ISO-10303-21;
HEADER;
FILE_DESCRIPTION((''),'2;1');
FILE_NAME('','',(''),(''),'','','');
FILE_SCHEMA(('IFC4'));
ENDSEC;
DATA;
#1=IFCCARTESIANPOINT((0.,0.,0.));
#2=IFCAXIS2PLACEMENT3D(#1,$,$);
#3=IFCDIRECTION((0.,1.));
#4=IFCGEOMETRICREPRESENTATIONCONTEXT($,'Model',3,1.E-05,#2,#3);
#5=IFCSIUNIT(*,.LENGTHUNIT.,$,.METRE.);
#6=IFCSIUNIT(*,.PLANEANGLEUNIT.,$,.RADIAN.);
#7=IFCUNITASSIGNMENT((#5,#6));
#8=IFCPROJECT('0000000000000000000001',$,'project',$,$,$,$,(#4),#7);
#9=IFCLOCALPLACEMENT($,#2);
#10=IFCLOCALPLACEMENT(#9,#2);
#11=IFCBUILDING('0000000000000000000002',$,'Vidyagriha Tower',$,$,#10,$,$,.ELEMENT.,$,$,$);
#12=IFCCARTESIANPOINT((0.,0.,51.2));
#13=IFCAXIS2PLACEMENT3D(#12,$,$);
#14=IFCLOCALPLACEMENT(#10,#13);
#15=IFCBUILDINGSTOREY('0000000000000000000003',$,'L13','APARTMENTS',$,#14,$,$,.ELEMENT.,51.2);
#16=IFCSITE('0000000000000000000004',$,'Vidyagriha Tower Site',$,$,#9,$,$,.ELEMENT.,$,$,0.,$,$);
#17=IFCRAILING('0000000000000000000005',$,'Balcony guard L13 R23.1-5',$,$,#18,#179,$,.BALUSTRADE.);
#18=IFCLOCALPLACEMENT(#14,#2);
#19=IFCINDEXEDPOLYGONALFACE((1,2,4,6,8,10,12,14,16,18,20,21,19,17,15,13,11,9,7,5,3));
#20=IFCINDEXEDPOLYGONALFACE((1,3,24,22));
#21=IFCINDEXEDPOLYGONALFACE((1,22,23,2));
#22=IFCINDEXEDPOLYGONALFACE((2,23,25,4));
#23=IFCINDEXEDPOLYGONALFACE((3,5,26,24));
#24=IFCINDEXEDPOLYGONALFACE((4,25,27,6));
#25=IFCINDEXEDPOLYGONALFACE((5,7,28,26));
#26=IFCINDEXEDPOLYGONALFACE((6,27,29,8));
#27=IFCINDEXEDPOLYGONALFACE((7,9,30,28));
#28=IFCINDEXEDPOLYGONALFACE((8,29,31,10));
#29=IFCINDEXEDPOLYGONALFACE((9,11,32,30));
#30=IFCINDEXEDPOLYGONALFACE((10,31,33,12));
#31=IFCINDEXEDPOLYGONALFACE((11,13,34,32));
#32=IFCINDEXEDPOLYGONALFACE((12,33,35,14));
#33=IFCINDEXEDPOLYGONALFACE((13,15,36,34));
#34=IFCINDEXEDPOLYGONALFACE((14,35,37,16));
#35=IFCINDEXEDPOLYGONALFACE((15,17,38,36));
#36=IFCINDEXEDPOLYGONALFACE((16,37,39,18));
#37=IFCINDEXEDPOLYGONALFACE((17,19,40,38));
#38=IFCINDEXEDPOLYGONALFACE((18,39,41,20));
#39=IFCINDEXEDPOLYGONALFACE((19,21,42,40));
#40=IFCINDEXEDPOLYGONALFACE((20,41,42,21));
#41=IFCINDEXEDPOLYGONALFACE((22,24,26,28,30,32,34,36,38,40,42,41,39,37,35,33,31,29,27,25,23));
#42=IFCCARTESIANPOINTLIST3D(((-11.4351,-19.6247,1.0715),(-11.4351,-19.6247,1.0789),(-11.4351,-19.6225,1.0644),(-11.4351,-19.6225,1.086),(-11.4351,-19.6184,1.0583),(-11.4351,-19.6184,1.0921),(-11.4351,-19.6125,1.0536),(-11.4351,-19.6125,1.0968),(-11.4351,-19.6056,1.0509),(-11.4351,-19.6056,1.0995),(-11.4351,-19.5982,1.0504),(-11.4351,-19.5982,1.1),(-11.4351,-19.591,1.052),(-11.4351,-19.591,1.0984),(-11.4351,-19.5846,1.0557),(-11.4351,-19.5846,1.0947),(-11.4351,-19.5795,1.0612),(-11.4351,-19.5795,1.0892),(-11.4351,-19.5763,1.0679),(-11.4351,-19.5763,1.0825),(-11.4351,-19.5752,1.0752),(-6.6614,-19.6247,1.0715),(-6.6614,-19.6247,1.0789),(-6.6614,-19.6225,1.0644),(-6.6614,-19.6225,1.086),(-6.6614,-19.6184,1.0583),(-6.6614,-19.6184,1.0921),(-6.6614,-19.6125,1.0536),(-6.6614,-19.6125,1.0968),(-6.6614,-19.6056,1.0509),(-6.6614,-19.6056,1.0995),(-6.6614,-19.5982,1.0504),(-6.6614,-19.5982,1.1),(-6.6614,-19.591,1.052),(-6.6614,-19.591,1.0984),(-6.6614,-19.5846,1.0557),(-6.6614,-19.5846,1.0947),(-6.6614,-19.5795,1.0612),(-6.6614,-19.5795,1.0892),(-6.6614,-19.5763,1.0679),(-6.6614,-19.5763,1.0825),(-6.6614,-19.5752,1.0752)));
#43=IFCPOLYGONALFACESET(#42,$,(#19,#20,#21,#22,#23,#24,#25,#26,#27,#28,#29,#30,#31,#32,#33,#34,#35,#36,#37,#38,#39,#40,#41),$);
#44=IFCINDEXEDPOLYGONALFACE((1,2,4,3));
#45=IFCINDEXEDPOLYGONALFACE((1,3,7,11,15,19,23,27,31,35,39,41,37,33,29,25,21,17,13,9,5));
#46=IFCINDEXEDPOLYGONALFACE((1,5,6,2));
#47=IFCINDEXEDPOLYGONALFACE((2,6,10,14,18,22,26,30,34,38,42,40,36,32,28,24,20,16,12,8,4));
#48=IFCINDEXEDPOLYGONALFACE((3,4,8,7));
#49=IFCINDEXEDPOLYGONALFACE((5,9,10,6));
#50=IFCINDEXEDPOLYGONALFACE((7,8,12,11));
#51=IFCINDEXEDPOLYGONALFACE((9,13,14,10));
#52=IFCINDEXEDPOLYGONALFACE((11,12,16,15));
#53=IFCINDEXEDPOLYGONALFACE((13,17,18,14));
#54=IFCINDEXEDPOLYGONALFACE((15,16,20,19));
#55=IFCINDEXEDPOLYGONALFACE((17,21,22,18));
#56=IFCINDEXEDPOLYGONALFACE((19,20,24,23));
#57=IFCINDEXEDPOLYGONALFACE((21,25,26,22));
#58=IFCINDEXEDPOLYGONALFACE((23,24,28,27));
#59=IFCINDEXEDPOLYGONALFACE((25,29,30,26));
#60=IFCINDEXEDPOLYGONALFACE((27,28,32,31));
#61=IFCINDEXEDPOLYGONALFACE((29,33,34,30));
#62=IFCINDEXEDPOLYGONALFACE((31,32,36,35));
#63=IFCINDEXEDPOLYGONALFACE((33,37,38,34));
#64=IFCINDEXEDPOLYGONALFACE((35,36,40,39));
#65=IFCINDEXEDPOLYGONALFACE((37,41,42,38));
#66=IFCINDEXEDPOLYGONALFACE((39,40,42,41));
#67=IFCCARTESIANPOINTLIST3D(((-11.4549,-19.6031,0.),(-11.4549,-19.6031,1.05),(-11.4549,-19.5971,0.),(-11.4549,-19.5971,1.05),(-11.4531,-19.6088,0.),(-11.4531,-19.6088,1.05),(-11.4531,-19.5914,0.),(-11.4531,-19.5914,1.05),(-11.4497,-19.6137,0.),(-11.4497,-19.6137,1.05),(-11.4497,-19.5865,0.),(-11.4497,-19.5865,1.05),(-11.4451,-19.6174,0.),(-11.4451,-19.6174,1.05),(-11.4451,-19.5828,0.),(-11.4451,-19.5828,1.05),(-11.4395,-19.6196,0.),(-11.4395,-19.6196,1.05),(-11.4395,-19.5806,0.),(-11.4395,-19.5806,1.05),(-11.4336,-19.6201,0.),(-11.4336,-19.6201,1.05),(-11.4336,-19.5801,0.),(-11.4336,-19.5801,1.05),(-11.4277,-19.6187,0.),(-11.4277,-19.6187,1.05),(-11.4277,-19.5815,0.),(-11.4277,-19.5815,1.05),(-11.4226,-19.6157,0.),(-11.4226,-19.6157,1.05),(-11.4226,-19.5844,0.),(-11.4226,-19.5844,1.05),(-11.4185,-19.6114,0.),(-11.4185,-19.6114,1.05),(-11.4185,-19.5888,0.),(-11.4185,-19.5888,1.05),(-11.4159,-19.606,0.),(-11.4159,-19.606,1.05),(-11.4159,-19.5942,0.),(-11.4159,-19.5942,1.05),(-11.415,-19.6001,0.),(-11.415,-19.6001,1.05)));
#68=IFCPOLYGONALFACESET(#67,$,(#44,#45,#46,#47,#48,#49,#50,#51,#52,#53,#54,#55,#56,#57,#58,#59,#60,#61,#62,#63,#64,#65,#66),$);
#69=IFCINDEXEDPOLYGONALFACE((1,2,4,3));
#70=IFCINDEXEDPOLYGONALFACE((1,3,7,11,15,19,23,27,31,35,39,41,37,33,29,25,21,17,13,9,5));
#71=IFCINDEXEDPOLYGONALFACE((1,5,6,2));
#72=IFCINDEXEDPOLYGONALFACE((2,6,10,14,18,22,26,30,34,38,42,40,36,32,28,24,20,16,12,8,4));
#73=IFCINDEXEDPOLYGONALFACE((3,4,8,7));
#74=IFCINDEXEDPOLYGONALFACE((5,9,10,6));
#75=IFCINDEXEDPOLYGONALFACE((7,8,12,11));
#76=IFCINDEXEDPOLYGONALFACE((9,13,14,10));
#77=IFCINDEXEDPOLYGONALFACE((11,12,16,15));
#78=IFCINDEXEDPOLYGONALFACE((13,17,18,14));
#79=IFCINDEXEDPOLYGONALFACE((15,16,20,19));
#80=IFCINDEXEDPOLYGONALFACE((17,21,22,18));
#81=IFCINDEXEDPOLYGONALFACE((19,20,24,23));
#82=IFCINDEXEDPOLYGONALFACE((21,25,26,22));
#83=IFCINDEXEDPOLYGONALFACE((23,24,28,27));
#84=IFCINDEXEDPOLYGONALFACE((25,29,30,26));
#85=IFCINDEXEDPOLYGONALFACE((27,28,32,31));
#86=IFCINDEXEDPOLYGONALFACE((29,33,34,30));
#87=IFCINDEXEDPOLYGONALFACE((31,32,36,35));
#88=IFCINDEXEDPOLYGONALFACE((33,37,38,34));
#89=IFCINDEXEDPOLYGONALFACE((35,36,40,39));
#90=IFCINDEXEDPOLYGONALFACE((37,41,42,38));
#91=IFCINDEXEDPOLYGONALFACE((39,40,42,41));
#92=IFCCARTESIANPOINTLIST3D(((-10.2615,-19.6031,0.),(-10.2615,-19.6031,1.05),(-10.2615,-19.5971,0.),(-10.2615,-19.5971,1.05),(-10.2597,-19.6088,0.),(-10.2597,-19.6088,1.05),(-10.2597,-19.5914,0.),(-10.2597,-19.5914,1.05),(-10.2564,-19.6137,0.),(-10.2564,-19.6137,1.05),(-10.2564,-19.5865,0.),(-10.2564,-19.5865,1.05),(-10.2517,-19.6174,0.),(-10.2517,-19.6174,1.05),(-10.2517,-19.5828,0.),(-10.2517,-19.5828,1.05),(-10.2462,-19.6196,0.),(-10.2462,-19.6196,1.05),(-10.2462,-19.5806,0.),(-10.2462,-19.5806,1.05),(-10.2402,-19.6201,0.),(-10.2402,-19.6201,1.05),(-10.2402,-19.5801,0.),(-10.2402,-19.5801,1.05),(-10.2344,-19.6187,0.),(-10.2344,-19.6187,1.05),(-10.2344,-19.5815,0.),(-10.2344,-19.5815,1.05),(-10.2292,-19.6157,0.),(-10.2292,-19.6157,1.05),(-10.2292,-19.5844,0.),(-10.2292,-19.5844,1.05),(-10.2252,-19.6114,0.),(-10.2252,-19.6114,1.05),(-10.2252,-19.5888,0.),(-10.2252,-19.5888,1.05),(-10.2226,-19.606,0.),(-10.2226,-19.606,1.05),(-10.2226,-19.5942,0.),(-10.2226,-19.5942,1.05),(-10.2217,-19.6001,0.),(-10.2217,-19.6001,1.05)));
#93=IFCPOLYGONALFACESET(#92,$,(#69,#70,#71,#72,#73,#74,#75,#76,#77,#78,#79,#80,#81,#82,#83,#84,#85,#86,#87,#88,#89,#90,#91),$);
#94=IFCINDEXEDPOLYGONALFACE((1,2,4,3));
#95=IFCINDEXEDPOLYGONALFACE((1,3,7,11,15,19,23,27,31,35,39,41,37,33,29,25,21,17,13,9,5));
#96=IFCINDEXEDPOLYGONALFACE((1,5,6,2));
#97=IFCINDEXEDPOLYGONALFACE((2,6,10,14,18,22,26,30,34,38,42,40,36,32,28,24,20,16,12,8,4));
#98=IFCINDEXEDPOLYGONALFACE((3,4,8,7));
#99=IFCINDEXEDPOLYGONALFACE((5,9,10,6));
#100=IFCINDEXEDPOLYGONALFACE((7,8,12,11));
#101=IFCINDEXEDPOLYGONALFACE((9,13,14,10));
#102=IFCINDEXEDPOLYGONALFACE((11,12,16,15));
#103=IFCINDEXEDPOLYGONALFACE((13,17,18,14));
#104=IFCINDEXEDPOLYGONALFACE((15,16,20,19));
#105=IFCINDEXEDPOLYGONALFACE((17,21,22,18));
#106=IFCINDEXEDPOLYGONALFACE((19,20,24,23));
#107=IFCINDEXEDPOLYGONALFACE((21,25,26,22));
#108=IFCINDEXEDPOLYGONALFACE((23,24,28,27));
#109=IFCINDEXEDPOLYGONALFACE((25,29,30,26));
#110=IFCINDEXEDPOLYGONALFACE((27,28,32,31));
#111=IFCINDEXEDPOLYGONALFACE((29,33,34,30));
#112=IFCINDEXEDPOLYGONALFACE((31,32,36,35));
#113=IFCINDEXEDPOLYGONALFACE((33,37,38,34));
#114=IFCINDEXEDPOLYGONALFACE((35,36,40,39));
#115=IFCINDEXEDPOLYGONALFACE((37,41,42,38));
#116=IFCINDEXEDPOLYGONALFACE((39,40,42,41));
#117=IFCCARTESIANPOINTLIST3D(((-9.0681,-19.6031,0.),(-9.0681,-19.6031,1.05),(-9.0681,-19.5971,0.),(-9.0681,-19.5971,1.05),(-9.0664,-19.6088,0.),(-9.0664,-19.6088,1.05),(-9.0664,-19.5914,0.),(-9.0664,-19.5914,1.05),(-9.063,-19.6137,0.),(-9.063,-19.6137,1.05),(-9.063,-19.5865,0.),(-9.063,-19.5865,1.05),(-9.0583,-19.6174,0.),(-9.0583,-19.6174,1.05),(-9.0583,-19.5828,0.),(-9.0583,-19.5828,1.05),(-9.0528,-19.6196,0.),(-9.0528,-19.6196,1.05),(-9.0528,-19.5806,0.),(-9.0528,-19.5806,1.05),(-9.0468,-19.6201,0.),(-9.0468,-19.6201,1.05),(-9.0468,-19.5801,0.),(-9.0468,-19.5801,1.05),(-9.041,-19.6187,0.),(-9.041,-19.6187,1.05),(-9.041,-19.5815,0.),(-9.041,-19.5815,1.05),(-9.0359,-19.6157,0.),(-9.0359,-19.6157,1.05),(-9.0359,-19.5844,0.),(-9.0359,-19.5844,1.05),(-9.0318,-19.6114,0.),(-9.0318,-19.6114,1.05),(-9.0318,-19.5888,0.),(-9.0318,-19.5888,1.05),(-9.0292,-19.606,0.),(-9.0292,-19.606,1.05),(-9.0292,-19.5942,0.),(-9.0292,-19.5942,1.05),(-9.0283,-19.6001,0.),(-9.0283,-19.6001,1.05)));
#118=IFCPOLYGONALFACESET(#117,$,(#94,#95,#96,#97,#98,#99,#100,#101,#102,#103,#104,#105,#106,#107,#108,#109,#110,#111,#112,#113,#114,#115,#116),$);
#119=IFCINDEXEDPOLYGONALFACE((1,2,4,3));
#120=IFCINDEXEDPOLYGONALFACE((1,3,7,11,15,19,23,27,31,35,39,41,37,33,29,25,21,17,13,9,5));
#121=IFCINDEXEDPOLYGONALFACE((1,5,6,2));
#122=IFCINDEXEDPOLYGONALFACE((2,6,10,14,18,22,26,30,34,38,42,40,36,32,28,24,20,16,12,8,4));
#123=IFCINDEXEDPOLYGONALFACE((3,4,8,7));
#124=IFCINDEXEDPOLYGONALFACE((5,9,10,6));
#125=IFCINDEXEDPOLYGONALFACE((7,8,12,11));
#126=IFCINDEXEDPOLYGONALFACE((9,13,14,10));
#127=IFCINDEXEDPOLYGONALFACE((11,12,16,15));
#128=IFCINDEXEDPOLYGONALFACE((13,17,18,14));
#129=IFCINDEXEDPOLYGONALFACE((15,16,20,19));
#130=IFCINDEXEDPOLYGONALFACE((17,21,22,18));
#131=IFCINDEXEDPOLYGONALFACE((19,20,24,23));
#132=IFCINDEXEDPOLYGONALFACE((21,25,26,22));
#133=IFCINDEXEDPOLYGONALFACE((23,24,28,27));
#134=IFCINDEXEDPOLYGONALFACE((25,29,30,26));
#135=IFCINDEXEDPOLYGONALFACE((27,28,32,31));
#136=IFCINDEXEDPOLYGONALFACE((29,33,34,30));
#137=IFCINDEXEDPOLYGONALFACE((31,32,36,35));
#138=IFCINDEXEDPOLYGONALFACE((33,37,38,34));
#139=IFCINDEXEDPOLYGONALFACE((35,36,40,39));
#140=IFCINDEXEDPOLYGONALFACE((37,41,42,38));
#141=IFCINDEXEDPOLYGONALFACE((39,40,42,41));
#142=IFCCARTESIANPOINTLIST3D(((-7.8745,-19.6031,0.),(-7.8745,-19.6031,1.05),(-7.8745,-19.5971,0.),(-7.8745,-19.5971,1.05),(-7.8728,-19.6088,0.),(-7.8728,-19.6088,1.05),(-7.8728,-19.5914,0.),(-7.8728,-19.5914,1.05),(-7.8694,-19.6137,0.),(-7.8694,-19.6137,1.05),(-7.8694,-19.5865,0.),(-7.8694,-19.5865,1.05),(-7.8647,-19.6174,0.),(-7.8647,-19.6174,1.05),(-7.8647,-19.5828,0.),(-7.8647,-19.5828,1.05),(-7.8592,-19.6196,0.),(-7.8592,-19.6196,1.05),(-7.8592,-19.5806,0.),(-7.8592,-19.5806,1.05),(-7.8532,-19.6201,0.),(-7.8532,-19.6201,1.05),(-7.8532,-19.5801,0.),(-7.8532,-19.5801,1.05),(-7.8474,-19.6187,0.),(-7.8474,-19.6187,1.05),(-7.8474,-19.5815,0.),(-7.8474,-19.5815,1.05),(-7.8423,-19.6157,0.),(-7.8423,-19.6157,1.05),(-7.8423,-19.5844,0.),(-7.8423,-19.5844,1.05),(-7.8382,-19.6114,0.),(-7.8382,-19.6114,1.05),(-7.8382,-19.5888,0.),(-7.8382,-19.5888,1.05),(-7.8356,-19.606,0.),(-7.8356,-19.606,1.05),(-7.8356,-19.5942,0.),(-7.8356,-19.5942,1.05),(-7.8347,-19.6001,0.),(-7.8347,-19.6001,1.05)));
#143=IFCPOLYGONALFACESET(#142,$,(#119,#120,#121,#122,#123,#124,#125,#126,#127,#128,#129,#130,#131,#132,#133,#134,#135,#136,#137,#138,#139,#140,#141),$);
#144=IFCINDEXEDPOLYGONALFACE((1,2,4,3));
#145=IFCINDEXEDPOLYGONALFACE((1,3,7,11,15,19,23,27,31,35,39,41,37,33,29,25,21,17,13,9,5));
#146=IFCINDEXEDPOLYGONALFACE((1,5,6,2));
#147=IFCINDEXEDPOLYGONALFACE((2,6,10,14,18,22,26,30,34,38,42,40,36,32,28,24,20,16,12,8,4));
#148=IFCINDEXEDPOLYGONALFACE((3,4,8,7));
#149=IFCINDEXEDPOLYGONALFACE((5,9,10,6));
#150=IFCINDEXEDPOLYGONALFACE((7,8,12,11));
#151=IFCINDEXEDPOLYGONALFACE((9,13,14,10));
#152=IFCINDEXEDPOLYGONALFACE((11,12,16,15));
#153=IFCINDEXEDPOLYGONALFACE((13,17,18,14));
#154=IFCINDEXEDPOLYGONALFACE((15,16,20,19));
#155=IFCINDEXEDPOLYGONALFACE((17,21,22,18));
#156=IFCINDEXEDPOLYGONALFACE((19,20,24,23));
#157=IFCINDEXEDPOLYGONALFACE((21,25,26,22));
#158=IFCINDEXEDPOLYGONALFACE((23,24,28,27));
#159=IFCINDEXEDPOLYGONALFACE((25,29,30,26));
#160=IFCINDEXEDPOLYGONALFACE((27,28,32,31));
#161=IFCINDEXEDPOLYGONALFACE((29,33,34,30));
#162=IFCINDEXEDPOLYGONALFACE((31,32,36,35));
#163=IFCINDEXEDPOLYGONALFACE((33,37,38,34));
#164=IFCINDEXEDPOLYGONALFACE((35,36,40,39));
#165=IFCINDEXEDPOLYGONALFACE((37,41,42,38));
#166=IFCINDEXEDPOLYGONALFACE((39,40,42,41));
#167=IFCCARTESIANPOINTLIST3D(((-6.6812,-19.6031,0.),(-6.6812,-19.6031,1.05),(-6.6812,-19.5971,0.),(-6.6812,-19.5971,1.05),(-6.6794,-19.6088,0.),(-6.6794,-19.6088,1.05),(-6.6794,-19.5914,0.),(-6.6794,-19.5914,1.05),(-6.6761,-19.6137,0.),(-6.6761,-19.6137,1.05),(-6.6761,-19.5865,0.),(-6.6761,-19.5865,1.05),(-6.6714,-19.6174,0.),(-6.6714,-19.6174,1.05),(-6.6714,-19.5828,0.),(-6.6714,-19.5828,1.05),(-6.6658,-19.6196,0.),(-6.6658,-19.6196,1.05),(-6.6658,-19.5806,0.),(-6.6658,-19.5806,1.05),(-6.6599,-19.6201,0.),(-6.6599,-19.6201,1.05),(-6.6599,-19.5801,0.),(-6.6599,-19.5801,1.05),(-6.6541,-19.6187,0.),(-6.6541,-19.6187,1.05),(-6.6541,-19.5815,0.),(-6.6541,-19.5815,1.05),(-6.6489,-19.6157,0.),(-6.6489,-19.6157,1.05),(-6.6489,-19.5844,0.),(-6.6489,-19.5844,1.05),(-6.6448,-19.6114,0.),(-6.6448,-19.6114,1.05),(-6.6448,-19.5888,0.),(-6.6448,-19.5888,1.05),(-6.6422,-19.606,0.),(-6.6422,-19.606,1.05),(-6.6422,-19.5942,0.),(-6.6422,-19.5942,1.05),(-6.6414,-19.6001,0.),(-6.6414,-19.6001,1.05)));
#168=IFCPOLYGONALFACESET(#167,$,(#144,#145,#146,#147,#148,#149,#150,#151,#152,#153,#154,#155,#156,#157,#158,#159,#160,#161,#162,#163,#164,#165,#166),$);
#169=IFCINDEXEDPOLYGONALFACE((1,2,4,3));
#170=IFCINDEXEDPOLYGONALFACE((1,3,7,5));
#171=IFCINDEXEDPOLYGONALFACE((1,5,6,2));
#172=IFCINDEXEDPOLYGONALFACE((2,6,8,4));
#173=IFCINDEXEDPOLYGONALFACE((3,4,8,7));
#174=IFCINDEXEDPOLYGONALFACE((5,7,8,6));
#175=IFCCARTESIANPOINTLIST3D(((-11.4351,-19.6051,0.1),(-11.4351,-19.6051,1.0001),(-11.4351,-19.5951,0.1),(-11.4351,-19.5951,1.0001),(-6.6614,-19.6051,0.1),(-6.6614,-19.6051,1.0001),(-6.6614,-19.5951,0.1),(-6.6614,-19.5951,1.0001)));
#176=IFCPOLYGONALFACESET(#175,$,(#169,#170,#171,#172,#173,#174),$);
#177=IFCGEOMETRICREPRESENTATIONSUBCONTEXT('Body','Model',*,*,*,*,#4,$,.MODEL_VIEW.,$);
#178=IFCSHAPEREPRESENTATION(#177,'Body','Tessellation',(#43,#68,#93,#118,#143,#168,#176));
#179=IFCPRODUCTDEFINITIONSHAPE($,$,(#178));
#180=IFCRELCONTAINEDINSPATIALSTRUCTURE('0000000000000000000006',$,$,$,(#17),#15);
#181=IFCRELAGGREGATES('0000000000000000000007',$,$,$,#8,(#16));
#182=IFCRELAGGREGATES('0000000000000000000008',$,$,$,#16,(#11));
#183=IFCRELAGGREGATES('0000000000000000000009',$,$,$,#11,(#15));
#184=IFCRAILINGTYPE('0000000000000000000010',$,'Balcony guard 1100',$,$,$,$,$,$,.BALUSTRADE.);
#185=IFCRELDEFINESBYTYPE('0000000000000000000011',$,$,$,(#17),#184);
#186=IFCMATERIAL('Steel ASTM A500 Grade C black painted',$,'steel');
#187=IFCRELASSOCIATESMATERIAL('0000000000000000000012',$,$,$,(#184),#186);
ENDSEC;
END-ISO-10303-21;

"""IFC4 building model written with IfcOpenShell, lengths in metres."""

from ifc_helpers import new_model, si_unit, direction, frame, origin, origin_2d, place, context, subcontext, project, spatial, rectangle, circle, extrude, material, type_object, element, save


model = new_model("IFC4")

# Units and contexts
model_context = context("Model", 3, precision=1e-05, world=origin(), true_north=direction((0.0, 1.0)))
body_context = subcontext(model_context, "Body", "Model", "MODEL_VIEW")
ifc_project = project(units=[si_unit("LENGTHUNIT", "METRE"), si_unit("PLANEANGLEUNIT", "RADIAN")], contexts=[model_context])

# Site, building, storey
site_placement = place(None, origin())
site = spatial("IfcSite", under=ifc_project, at=site_placement, Name="Vidyagriha Tower Site", CompositionType="ELEMENT", RefElevation=0.0)
building_placement = place(site_placement, origin())
building = spatial("IfcBuilding", under=site, at=building_placement, Name="Vidyagriha Tower", CompositionType="ELEMENT")
storey_placement = place(building_placement, frame((0.0, 0.0, 51.2)))
storey = spatial("IfcBuildingStorey", under=building, at=storey_placement, Name="L13", Description="APARTMENTS", CompositionType="ELEMENT", Elevation=51.2)

# Railing
ifc_material_1 = material(Name="Steel ASTM A500 Grade C black painted", Category="steel")
railing_type = type_object("IfcRailingType", Name="Balcony guard 1100", PredefinedType="BALUSTRADE", material=ifc_material_1)
railing_1_placement = place(storey_placement, frame((-11.4351, -19.6001, 0.0)))
element("IfcRailing", 1, at=railing_1_placement, inside=storey, type_object=railing_type, Name="Balcony guard L13 R23.1-5", PredefinedType="BALUSTRADE", context=body_context, shape_type="SweptSolid", body=[
    extrude(circle(Radius=0.0249, at=origin_2d()), frame((0.0, 0.0, 1.0752), z_axis=(1.0, 0.0, 0.0), x_axis=(0.0, 1.0, 0.0)), (0.0, 0.0, 1.0), 4.7737),
    extrude(circle(Radius=0.02, at=origin_2d()), origin(), (0.0, 0.0, 1.0), 1.05),
    extrude(circle(Radius=0.02, at=origin_2d()), frame((1.1934, 0.0, 0.0)), (0.0, 0.0, 1.0), 1.05),
    extrude(circle(Radius=0.02, at=origin_2d()), frame((2.3867, 0.0, 0.0)), (0.0, 0.0, 1.0), 1.05),
    extrude(circle(Radius=0.02, at=origin_2d()), frame((3.5803, 0.0, 0.0)), (0.0, 0.0, 1.0), 1.05),
    extrude(circle(Radius=0.02, at=origin_2d()), frame((4.7737, 0.0, 0.0)), (0.0, 0.0, 1.0), 1.05),
    extrude(rectangle(XDim=0.01, YDim=0.9001, at=origin_2d()), frame((0.0, 0.0, 0.55), z_axis=(1.0, 0.0, 0.0), x_axis=(0.0, 1.0, 0.0)), (0.0, 0.0, 1.0), 4.7737),
])

save(model, "model.ifc")
